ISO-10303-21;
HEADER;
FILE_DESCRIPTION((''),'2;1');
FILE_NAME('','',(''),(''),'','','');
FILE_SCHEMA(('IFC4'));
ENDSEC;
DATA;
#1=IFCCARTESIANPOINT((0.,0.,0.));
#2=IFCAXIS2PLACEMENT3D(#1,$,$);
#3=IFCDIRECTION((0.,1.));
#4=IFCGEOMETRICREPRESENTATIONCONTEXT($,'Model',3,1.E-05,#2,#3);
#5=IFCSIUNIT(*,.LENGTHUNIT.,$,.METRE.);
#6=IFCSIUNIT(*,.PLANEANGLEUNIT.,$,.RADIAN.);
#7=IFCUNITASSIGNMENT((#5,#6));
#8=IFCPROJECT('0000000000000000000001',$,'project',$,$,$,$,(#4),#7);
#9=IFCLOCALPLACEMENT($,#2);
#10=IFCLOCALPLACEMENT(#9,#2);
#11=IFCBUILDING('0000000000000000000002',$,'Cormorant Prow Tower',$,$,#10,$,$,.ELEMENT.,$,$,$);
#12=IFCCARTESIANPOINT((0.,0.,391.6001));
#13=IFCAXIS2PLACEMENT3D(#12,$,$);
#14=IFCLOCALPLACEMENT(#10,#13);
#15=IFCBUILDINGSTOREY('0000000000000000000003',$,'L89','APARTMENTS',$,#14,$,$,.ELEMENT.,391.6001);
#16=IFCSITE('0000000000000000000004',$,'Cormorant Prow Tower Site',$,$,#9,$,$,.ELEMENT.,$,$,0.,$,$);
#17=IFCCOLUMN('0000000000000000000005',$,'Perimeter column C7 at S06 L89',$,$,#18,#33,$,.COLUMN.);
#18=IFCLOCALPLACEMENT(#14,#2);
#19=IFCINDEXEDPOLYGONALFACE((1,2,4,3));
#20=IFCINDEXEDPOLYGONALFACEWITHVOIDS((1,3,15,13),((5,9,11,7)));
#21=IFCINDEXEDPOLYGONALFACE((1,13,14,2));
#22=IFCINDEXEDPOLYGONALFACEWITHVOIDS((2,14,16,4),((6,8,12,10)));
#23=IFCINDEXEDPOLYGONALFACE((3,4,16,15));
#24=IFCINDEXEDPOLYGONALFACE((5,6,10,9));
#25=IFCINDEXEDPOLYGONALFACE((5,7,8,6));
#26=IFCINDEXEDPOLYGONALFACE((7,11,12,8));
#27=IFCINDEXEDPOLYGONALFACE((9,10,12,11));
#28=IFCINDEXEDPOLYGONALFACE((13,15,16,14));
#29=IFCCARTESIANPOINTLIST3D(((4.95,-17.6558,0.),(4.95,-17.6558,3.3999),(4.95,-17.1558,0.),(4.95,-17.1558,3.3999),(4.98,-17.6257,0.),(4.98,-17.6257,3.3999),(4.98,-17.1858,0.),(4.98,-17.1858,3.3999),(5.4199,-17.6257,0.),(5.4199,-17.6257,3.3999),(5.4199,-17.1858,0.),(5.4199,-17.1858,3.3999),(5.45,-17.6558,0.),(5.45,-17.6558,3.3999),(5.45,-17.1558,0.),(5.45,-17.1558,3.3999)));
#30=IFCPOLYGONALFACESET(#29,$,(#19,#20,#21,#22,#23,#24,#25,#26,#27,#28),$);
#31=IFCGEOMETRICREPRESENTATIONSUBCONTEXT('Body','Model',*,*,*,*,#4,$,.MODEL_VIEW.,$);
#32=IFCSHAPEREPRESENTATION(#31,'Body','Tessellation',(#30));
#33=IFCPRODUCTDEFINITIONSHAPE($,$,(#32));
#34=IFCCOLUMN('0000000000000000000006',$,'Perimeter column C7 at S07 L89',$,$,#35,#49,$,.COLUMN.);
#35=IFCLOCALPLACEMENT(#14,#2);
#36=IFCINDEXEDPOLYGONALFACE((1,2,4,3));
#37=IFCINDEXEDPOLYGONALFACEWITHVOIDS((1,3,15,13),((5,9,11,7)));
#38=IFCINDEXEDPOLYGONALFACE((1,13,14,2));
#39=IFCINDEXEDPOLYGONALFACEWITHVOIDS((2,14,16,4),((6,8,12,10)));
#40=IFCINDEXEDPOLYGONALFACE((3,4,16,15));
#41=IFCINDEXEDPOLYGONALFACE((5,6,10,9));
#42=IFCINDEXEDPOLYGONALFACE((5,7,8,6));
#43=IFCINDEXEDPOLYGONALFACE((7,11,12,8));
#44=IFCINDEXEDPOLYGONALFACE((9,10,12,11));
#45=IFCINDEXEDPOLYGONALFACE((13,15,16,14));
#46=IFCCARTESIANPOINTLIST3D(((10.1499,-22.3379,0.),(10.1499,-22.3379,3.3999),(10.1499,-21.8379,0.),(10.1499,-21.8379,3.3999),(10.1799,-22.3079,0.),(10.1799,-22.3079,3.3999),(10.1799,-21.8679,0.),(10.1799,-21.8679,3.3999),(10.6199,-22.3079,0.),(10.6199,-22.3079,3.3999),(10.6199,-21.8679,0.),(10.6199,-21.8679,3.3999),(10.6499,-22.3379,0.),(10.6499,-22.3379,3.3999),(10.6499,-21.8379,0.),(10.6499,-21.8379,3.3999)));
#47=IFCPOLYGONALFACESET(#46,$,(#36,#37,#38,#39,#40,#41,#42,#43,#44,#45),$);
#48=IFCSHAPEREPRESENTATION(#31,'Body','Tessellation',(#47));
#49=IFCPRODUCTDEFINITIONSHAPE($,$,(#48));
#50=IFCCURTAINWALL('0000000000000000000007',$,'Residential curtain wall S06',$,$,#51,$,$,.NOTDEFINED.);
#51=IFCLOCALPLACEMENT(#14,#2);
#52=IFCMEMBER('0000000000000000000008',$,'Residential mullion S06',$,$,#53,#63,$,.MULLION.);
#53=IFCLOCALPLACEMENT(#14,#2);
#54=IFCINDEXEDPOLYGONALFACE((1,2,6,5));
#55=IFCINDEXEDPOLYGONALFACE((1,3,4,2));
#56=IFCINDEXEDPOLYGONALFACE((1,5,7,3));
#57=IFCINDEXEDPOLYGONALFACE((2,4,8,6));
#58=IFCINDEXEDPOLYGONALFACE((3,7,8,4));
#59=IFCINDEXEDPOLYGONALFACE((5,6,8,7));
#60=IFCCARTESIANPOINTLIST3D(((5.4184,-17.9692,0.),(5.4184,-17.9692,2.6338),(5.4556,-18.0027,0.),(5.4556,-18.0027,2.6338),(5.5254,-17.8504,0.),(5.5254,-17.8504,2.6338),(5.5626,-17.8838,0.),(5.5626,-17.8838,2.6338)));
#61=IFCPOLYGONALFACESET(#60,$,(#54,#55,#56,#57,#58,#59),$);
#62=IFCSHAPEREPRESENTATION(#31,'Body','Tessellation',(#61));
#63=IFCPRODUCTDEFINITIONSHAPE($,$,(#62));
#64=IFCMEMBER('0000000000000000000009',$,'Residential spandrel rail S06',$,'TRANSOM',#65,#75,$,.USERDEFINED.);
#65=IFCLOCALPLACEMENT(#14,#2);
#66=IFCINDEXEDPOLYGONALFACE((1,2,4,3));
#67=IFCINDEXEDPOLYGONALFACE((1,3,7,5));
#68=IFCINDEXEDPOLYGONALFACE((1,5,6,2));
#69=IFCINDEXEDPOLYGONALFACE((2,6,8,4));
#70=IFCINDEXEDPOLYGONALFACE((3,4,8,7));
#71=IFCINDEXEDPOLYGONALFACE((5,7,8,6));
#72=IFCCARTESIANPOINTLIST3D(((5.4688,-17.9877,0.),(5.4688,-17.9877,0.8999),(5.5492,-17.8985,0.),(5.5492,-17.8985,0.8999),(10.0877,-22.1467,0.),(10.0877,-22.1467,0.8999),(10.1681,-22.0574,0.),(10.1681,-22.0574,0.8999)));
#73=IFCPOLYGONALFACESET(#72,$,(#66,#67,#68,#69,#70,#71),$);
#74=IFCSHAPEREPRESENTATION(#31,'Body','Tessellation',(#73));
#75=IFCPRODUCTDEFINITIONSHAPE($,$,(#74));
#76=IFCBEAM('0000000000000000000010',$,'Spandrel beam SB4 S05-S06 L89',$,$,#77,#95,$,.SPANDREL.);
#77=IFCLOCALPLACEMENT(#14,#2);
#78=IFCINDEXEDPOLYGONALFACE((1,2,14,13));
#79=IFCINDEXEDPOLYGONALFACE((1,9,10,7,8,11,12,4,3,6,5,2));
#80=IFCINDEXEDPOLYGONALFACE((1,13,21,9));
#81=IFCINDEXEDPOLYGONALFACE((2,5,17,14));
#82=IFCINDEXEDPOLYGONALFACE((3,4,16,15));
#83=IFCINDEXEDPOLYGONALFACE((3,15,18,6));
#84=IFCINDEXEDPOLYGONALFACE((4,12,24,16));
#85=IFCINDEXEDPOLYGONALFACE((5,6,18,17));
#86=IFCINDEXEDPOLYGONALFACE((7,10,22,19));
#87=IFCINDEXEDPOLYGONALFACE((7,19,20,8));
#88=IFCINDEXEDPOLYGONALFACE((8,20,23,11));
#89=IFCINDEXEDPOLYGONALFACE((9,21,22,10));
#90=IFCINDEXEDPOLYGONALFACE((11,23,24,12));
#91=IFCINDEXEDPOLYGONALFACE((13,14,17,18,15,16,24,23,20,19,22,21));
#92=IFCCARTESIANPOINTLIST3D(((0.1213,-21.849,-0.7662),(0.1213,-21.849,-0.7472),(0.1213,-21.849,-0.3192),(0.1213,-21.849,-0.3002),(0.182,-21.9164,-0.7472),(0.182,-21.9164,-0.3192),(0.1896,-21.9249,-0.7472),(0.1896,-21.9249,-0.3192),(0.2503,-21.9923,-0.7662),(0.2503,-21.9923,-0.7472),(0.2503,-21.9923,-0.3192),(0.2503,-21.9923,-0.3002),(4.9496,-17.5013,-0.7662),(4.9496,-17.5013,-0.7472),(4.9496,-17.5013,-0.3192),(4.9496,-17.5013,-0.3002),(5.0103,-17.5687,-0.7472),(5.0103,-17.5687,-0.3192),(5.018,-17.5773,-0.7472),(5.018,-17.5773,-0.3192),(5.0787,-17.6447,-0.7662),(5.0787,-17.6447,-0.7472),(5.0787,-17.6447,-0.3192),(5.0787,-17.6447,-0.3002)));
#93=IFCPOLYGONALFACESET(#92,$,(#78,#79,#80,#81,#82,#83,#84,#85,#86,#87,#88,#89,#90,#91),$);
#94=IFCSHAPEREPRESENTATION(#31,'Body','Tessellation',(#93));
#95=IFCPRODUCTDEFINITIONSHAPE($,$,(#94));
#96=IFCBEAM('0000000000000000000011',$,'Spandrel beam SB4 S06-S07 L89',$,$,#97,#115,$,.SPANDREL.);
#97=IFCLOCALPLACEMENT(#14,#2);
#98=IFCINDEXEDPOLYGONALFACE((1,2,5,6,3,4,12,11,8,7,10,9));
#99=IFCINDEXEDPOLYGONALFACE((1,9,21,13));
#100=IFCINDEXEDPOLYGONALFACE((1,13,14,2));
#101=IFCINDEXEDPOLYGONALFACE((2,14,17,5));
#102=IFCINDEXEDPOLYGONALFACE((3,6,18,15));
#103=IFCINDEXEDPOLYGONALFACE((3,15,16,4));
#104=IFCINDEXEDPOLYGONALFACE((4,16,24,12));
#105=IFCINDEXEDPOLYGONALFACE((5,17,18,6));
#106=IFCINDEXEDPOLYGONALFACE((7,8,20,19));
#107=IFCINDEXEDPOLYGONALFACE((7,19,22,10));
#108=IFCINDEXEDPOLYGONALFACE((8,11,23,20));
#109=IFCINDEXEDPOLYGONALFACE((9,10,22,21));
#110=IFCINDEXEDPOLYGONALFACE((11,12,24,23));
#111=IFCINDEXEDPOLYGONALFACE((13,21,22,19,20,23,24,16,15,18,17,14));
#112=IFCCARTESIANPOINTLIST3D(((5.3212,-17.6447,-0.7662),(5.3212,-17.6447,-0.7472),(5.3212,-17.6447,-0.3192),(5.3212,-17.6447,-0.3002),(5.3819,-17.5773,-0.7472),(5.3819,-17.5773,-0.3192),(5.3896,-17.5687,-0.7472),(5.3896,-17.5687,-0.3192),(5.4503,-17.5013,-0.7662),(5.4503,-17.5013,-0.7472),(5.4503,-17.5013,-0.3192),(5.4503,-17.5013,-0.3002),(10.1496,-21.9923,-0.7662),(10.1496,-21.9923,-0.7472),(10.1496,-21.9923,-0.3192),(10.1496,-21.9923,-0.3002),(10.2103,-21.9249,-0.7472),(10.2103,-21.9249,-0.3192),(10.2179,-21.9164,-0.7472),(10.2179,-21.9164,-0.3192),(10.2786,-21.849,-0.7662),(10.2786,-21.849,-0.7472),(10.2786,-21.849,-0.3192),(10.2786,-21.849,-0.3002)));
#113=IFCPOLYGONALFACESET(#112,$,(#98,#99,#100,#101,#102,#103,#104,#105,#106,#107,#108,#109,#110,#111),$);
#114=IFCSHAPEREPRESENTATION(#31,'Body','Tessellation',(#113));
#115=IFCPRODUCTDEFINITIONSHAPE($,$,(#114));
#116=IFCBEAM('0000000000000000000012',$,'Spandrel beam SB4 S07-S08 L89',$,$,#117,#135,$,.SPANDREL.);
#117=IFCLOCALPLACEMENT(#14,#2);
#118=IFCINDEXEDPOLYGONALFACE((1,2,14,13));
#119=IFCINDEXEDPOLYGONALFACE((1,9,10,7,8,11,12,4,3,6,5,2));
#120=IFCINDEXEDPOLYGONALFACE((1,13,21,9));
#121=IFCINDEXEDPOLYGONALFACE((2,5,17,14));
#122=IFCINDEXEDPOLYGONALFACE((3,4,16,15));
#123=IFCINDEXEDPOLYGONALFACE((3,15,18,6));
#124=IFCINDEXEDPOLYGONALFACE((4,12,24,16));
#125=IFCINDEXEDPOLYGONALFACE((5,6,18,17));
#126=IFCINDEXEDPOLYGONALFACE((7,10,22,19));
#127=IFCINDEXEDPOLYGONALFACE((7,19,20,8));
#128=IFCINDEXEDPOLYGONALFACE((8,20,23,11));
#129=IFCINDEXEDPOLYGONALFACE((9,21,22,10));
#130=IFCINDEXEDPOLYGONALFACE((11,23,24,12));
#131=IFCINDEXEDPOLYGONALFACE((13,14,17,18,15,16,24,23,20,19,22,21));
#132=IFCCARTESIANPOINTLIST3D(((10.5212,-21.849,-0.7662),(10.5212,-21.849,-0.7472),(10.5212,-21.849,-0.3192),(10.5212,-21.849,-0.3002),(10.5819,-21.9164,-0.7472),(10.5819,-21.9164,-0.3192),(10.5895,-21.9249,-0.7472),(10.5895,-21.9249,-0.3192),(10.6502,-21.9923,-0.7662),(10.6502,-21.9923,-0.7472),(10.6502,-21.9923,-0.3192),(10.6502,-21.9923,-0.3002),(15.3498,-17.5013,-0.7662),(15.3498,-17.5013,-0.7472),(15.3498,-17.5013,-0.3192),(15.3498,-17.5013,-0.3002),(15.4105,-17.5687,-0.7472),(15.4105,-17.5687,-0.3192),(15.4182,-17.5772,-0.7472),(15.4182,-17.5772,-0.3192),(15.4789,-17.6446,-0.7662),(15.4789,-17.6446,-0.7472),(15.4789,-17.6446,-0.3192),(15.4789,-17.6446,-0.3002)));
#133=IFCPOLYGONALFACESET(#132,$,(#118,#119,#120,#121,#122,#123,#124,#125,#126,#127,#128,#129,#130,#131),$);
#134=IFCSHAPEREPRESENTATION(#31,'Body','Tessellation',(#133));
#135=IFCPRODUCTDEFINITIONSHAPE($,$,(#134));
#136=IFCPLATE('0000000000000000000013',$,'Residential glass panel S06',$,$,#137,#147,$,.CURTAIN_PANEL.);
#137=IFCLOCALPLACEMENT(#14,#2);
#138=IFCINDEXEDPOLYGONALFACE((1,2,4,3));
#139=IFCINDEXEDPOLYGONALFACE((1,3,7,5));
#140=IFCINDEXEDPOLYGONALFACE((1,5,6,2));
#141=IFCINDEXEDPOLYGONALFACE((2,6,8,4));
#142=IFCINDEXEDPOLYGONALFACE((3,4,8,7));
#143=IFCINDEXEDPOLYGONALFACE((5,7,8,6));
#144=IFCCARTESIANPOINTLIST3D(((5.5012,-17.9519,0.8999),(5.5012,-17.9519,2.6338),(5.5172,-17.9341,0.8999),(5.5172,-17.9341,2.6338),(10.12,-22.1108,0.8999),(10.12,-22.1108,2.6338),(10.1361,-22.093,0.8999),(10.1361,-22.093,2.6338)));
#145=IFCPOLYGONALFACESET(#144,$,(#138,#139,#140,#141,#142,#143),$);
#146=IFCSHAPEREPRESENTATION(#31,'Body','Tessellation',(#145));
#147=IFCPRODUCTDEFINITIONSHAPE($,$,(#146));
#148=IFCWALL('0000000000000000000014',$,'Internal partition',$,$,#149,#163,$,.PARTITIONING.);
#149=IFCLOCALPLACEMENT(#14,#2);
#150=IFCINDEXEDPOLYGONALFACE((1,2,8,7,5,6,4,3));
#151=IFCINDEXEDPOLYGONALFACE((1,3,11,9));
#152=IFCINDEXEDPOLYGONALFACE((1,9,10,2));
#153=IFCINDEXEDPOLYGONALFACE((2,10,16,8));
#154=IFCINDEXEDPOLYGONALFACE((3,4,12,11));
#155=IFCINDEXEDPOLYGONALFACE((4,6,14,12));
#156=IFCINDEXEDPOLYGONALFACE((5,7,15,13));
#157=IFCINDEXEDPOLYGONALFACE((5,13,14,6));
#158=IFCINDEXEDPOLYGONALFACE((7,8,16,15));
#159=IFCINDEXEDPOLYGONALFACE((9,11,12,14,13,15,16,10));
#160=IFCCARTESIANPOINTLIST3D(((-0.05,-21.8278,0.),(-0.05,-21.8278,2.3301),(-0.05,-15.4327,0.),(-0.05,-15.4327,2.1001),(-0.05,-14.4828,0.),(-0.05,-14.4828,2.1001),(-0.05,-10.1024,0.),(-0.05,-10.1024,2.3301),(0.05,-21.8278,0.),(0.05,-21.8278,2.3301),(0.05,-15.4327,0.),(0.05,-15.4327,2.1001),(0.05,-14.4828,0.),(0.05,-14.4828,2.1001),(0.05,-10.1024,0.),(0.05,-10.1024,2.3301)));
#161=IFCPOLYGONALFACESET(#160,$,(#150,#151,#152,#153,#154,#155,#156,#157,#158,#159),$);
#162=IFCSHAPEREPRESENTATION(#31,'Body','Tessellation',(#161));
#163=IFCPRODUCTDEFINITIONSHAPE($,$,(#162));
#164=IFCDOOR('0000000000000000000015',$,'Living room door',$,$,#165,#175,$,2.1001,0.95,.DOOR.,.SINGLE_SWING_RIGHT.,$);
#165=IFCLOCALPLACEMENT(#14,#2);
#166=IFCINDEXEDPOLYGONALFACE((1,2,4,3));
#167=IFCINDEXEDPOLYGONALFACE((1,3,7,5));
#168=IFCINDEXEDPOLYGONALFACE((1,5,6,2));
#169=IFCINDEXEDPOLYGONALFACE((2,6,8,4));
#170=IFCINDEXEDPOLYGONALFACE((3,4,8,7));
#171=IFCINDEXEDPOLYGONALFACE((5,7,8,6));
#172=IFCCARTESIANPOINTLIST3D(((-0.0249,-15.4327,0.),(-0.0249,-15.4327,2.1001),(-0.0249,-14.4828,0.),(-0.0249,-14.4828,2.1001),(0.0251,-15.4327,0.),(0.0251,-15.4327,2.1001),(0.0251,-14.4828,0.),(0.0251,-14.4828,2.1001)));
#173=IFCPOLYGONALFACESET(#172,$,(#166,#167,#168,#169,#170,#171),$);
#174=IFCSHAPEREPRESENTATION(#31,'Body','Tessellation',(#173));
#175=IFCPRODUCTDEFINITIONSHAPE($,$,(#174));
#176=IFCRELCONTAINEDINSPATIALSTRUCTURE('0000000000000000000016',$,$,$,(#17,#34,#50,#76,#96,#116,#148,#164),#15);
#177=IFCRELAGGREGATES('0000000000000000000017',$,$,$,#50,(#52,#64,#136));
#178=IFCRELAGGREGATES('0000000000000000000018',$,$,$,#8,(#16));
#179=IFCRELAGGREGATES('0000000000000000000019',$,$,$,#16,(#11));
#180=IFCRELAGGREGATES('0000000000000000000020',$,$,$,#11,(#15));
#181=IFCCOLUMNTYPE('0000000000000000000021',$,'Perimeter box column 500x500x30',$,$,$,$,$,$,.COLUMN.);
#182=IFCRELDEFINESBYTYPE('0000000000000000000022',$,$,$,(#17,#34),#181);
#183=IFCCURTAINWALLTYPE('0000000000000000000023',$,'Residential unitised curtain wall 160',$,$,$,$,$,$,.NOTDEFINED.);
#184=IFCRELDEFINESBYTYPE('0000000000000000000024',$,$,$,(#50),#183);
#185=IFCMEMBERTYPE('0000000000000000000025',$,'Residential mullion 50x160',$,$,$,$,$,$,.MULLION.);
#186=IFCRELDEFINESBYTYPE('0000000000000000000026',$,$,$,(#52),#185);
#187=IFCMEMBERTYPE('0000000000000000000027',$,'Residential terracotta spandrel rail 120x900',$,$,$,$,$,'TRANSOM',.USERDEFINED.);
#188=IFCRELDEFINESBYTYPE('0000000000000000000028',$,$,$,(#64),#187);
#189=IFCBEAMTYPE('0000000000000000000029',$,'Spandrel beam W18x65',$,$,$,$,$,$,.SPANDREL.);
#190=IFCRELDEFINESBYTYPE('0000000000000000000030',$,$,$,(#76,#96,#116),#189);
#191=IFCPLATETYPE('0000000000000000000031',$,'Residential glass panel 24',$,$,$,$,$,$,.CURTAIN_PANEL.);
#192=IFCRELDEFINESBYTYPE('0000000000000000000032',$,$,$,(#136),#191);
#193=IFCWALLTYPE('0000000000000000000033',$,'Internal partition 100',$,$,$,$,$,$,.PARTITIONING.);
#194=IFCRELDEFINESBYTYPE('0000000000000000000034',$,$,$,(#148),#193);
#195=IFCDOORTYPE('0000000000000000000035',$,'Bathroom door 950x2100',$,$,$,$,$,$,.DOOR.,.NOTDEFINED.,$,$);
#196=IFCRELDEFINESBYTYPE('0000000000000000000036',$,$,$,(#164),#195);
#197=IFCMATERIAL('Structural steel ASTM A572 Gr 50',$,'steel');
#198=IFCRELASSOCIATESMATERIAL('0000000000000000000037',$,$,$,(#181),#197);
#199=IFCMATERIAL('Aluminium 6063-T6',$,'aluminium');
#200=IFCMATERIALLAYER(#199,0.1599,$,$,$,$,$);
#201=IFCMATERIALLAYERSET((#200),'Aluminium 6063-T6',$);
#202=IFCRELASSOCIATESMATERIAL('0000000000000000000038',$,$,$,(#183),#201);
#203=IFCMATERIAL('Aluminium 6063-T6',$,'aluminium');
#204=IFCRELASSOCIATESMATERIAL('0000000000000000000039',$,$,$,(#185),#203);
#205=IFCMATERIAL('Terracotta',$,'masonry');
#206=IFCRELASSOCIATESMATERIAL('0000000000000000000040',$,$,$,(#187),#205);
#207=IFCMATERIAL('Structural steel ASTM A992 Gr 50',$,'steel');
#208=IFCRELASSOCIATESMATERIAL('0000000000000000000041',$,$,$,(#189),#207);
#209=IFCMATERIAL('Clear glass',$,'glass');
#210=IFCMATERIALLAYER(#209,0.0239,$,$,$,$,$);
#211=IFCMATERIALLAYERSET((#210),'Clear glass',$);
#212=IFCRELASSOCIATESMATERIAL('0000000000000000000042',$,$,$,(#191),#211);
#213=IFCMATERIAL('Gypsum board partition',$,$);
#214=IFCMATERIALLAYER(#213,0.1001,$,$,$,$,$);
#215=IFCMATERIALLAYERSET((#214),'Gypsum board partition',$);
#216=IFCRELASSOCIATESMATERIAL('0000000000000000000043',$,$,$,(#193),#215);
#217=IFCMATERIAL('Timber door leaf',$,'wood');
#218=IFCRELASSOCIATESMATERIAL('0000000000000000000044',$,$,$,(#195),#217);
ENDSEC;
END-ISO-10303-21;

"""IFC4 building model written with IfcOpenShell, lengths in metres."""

from ifc_helpers import new_model, si_unit, direction, frame, frame_2d, origin, origin_2d, place, context, subcontext, project, spatial, rectangle, hollow_rectangle, i_section, extrude, material, layer, layer_set, material_profile, profile_set, type_object, element, fill, aggregate, save


model = new_model("IFC4")

# Units and contexts
model_context = context("Model", 3, precision=1e-05, world=origin(), true_north=direction((0.0, 1.0)))
body_context = subcontext(model_context, "Body", "Model", "MODEL_VIEW")
ifc_project = project(units=[si_unit("LENGTHUNIT", "METRE"), si_unit("PLANEANGLEUNIT", "RADIAN")], contexts=[model_context])

# Site, building, storey
site_placement = place(None, origin())
site = spatial("IfcSite", under=ifc_project, at=site_placement, Name="Cormorant Prow Tower Site", CompositionType="ELEMENT", RefElevation=0.0)
building_placement = place(site_placement, origin())
building = spatial("IfcBuilding", under=site, at=building_placement, Name="Cormorant Prow Tower", CompositionType="ELEMENT")
storey_placement = place(building_placement, frame((0.0, 0.0, 391.6001)))
storey = spatial("IfcBuildingStorey", under=building, at=storey_placement, Name="L89", Description="APARTMENTS", CompositionType="ELEMENT", Elevation=391.6001)

# Columns
ifc_material_1 = material(Name="Structural steel ASTM A572 Gr 50", Category="steel")
ifc_material_profile_1 = material_profile(ifc_material_1, hollow_rectangle(XDim=0.5, YDim=0.5, WallThickness=0.03, at=origin_2d()), Name="Box 500x500x30")
ifc_profile_set_1 = profile_set([ifc_material_profile_1], Name="Structural steel ASTM A572 Gr 50")
column_type = type_object("IfcColumnType", Name="Perimeter box column 500x500x30", PredefinedType="COLUMN", material=ifc_profile_set_1)
for number, where, z_axis, x_axis, name in (
    (1, (5.2, -17.4058, 0.0), (0.0, 0.0, 1.0), (1.0, 0.0, 0.0), "Perimeter column C7 at S06 L89"),
    (2, (10.3999, -22.0879, 0.0), (0.0, 0.0, 1.0), (1.0, 0.0, 0.0), "Perimeter column C7 at S07 L89"),
):
    element("IfcColumn", number, at=place(storey_placement, frame(where, z_axis=z_axis, x_axis=x_axis)), inside=storey, type_object=column_type, Name=name, PredefinedType="COLUMN", context=body_context, shape_type="SweptSolid", body=[
        extrude(hollow_rectangle(XDim=0.5, YDim=0.5, WallThickness=0.03, at=origin_2d()), origin(), (0.0, 0.0, 1.0), 3.3999),
    ])

# Curtain wall, members
ifc_material_2 = material(Name="Aluminium 6063-T6", Category="aluminium")
ifc_layer_1 = layer(ifc_material_2, 0.1599)
ifc_layer_set_1 = layer_set([ifc_layer_1], Name="Aluminium 6063-T6")
curtain_wall_type = type_object("IfcCurtainWallType", Name="Residential unitised curtain wall 160", PredefinedType="NOTDEFINED", material=ifc_layer_set_1)
curtain_wall_placement = place(storey_placement, origin())
curtain_wall = element("IfcCurtainWall", 3, at=curtain_wall_placement, inside=storey, type_object=curtain_wall_type, Name="Residential curtain wall S06", PredefinedType="NOTDEFINED")
ifc_material_3 = material(Name="Aluminium 6063-T6", Category="aluminium")
ifc_material_profile_2 = material_profile(ifc_material_3, rectangle(XDim=0.1599, YDim=0.05, at=origin_2d()), Name="Residential mullion 50x160")
ifc_profile_set_2 = profile_set([ifc_material_profile_2], Name="Aluminium 6063-T6")
member_type_1 = type_object("IfcMemberType", Name="Residential mullion 50x160", PredefinedType="MULLION", material=ifc_profile_set_2)
member_1_placement = place(storey_placement, frame((5.4905, -17.9265, 0.0), z_axis=(0.0, 0.0, 1.0), x_axis=(0.669131, 0.743145, 0.0)))
member_1 = element("IfcMember", 4, at=member_1_placement, type_object=member_type_1, Name="Residential mullion S06", PredefinedType="MULLION", context=body_context, shape_type="SweptSolid", body=[
    extrude(rectangle(XDim=0.1599, YDim=0.05, at=origin_2d()), origin(), (0.0, 0.0, 1.0), 2.6338),
])
ifc_material_4 = material(Name="Terracotta", Category="masonry")
ifc_material_profile_3 = material_profile(ifc_material_4, rectangle(XDim=0.1201, YDim=0.8999, at=origin_2d()), Name="Residential terracotta spandrel rail 120x900")
ifc_profile_set_3 = profile_set([ifc_material_profile_3], Name="Terracotta")
member_type_2 = type_object("IfcMemberType", Name="Residential terracotta spandrel rail 120x900", ElementType="TRANSOM", PredefinedType="USERDEFINED", material=ifc_profile_set_3)
member_2_placement = place(storey_placement, frame((5.509, -17.9431, 0.45), z_axis=(0.74314, -0.669136, 0.0), x_axis=(0.669136, 0.74314, 0.0)))
member_2 = element("IfcMember", 5, at=member_2_placement, type_object=member_type_2, Name="Residential spandrel rail S06", ObjectType="TRANSOM", PredefinedType="USERDEFINED", context=body_context, shape_type="SweptSolid", body=[
    extrude(rectangle(XDim=0.1201, YDim=0.8999, at=origin_2d()), origin(), (0.0, 0.0, 1.0), 6.2153),
])

# Beams
ifc_material_5 = material(Name="Structural steel ASTM A992 Gr 50", Category="steel")
ifc_material_profile_4 = material_profile(ifc_material_5, i_section(OverallWidth=0.1929, OverallDepth=0.4661, WebThickness=0.0115, FlangeThickness=0.019, at=origin_2d()), Name="W18x65")
ifc_profile_set_4 = profile_set([ifc_material_profile_4], Name="Structural steel ASTM A992 Gr 50")
beam_type = type_object("IfcBeamType", Name="Spandrel beam W18x65", PredefinedType="SPANDREL", material=ifc_profile_set_4)
for number, where, z_axis, x_axis, name in (
    (6, (0.1858, -21.9207, -0.5332), (0.743132, 0.669145, 0.0), (-0.669145, 0.743132, 0.0), "Spandrel beam SB4 S05-S06 L89"),
    (7, (5.3857, -17.573, -0.5332), (0.743132, -0.669145, 0.0), (0.669145, 0.743132, 0.0), "Spandrel beam SB4 S06-S07 L89"),
):
    element("IfcBeam", number, at=place(storey_placement, frame(where, z_axis=z_axis, x_axis=x_axis)), inside=storey, type_object=beam_type, Name=name, PredefinedType="SPANDREL", context=body_context, shape_type="SweptSolid", body=[
        extrude(i_section(OverallWidth=0.1929, OverallDepth=0.4661, WebThickness=0.0115, FlangeThickness=0.019, at=origin_2d()), origin(), (0.0, 0.0, 1.0), 6.4973),
    ])
beam_placement = place(storey_placement, frame((10.5857, -21.9207, -0.5332), z_axis=(0.743148, 0.669127, 0.0), x_axis=(-0.669127, 0.743148, 0.0)))
element("IfcBeam", 8, at=beam_placement, inside=storey, type_object=beam_type, Name="Spandrel beam SB4 S07-S08 L89", PredefinedType="SPANDREL", context=body_context, shape_type="SweptSolid", body=[
    extrude(i_section(OverallWidth=0.1929, OverallDepth=0.4661, WebThickness=0.0115, FlangeThickness=0.019, at=origin_2d()), origin(), (0.0, 0.0, 1.0), 6.4976),
])

# Plate
ifc_material_6 = material(Name="Clear glass", Category="glass")
ifc_layer_2 = layer(ifc_material_6, 0.0239)
ifc_layer_set_2 = layer_set([ifc_layer_2], Name="Clear glass")
plate_type = type_object("IfcPlateType", Name="Residential glass panel 24", PredefinedType="CURTAIN_PANEL", material=ifc_layer_set_2)
plate_placement = place(storey_placement, frame((7.8186, -20.0225, 0.8999), z_axis=(0.0, 0.0, 1.0), x_axis=(0.743145, -0.669131, 0.0)))
plate = element("IfcPlate", 9, at=plate_placement, type_object=plate_type, Name="Residential glass panel S06", PredefinedType="CURTAIN_PANEL", context=body_context, shape_type="SweptSolid", body=[
    extrude(rectangle(XDim=6.2153, YDim=0.0239, at=origin_2d()), origin(), (0.0, 0.0, 1.0), 1.7339),
])
aggregate(curtain_wall, [member_1, member_2, plate])

# Wall, opening, door
ifc_material_7 = material(Name="Gypsum board partition")
ifc_layer_3 = layer(ifc_material_7, 0.1001)
ifc_layer_set_3 = layer_set([ifc_layer_3], Name="Gypsum board partition")
wall_type_1 = type_object("IfcWallType", Name="Internal partition 100", PredefinedType="PARTITIONING", material=ifc_layer_set_3)
wall_1_placement = place(storey_placement, frame((0.0, -21.8279, 0.0), z_axis=(0.0, 0.0, 1.0), x_axis=(0.0, 1.0, 0.0)))
wall_1 = element("IfcWall", 10, at=wall_1_placement, inside=storey, type_object=wall_type_1, Name="Internal partition", PredefinedType="PARTITIONING", context=body_context, shape_type="SweptSolid", body=[
    extrude(rectangle(XDim=11.7253, YDim=0.1001, at=frame_2d((5.8628, 0.0))), origin(), (0.0, 0.0, 1.0), 2.3301),
])
opening_1_placement = place(wall_1_placement, frame((6.395, 0.0, 0.0)))
opening_1 = element("IfcOpeningElement", 11, at=opening_1_placement, cuts=wall_1, PredefinedType="OPENING", context=body_context, shape_type="SweptSolid", body=[
    extrude(rectangle(XDim=0.95, YDim=2.1001, at=frame_2d((0.4751, 1.05))), frame((0.0, 0.0601, 0.0), z_axis=(0.0, -1.0, 0.0), x_axis=(1.0, 0.0, 0.0)), (0.0, 0.0, 1.0), 0.1201),
])
ifc_material_8 = material(Name="Timber door leaf", Category="wood")
door_type_1 = type_object("IfcDoorType", Name="Bathroom door 950x2100", OperationType="NOTDEFINED", PredefinedType="DOOR", material=ifc_material_8)
door_1_placement = place(opening_1_placement, origin())
door_1 = element("IfcDoor", 12, at=door_1_placement, inside=storey, type_object=door_type_1, Name="Living room door", OperationType="SINGLE_SWING_RIGHT", OverallHeight=2.1001, OverallWidth=0.95, PredefinedType="DOOR", context=body_context, shape_type="SweptSolid", body=[
    extrude(rectangle(XDim=0.95, YDim=2.1001, at=frame_2d((0.4751, 1.05))), frame((0.0, 0.0249, 0.0), z_axis=(0.0, -1.0, 0.0), x_axis=(1.0, 0.0, 0.0)), (0.0, 0.0, 1.0), 0.05),
])
fill(opening_1, door_1)

save(model, "model.ifc")
